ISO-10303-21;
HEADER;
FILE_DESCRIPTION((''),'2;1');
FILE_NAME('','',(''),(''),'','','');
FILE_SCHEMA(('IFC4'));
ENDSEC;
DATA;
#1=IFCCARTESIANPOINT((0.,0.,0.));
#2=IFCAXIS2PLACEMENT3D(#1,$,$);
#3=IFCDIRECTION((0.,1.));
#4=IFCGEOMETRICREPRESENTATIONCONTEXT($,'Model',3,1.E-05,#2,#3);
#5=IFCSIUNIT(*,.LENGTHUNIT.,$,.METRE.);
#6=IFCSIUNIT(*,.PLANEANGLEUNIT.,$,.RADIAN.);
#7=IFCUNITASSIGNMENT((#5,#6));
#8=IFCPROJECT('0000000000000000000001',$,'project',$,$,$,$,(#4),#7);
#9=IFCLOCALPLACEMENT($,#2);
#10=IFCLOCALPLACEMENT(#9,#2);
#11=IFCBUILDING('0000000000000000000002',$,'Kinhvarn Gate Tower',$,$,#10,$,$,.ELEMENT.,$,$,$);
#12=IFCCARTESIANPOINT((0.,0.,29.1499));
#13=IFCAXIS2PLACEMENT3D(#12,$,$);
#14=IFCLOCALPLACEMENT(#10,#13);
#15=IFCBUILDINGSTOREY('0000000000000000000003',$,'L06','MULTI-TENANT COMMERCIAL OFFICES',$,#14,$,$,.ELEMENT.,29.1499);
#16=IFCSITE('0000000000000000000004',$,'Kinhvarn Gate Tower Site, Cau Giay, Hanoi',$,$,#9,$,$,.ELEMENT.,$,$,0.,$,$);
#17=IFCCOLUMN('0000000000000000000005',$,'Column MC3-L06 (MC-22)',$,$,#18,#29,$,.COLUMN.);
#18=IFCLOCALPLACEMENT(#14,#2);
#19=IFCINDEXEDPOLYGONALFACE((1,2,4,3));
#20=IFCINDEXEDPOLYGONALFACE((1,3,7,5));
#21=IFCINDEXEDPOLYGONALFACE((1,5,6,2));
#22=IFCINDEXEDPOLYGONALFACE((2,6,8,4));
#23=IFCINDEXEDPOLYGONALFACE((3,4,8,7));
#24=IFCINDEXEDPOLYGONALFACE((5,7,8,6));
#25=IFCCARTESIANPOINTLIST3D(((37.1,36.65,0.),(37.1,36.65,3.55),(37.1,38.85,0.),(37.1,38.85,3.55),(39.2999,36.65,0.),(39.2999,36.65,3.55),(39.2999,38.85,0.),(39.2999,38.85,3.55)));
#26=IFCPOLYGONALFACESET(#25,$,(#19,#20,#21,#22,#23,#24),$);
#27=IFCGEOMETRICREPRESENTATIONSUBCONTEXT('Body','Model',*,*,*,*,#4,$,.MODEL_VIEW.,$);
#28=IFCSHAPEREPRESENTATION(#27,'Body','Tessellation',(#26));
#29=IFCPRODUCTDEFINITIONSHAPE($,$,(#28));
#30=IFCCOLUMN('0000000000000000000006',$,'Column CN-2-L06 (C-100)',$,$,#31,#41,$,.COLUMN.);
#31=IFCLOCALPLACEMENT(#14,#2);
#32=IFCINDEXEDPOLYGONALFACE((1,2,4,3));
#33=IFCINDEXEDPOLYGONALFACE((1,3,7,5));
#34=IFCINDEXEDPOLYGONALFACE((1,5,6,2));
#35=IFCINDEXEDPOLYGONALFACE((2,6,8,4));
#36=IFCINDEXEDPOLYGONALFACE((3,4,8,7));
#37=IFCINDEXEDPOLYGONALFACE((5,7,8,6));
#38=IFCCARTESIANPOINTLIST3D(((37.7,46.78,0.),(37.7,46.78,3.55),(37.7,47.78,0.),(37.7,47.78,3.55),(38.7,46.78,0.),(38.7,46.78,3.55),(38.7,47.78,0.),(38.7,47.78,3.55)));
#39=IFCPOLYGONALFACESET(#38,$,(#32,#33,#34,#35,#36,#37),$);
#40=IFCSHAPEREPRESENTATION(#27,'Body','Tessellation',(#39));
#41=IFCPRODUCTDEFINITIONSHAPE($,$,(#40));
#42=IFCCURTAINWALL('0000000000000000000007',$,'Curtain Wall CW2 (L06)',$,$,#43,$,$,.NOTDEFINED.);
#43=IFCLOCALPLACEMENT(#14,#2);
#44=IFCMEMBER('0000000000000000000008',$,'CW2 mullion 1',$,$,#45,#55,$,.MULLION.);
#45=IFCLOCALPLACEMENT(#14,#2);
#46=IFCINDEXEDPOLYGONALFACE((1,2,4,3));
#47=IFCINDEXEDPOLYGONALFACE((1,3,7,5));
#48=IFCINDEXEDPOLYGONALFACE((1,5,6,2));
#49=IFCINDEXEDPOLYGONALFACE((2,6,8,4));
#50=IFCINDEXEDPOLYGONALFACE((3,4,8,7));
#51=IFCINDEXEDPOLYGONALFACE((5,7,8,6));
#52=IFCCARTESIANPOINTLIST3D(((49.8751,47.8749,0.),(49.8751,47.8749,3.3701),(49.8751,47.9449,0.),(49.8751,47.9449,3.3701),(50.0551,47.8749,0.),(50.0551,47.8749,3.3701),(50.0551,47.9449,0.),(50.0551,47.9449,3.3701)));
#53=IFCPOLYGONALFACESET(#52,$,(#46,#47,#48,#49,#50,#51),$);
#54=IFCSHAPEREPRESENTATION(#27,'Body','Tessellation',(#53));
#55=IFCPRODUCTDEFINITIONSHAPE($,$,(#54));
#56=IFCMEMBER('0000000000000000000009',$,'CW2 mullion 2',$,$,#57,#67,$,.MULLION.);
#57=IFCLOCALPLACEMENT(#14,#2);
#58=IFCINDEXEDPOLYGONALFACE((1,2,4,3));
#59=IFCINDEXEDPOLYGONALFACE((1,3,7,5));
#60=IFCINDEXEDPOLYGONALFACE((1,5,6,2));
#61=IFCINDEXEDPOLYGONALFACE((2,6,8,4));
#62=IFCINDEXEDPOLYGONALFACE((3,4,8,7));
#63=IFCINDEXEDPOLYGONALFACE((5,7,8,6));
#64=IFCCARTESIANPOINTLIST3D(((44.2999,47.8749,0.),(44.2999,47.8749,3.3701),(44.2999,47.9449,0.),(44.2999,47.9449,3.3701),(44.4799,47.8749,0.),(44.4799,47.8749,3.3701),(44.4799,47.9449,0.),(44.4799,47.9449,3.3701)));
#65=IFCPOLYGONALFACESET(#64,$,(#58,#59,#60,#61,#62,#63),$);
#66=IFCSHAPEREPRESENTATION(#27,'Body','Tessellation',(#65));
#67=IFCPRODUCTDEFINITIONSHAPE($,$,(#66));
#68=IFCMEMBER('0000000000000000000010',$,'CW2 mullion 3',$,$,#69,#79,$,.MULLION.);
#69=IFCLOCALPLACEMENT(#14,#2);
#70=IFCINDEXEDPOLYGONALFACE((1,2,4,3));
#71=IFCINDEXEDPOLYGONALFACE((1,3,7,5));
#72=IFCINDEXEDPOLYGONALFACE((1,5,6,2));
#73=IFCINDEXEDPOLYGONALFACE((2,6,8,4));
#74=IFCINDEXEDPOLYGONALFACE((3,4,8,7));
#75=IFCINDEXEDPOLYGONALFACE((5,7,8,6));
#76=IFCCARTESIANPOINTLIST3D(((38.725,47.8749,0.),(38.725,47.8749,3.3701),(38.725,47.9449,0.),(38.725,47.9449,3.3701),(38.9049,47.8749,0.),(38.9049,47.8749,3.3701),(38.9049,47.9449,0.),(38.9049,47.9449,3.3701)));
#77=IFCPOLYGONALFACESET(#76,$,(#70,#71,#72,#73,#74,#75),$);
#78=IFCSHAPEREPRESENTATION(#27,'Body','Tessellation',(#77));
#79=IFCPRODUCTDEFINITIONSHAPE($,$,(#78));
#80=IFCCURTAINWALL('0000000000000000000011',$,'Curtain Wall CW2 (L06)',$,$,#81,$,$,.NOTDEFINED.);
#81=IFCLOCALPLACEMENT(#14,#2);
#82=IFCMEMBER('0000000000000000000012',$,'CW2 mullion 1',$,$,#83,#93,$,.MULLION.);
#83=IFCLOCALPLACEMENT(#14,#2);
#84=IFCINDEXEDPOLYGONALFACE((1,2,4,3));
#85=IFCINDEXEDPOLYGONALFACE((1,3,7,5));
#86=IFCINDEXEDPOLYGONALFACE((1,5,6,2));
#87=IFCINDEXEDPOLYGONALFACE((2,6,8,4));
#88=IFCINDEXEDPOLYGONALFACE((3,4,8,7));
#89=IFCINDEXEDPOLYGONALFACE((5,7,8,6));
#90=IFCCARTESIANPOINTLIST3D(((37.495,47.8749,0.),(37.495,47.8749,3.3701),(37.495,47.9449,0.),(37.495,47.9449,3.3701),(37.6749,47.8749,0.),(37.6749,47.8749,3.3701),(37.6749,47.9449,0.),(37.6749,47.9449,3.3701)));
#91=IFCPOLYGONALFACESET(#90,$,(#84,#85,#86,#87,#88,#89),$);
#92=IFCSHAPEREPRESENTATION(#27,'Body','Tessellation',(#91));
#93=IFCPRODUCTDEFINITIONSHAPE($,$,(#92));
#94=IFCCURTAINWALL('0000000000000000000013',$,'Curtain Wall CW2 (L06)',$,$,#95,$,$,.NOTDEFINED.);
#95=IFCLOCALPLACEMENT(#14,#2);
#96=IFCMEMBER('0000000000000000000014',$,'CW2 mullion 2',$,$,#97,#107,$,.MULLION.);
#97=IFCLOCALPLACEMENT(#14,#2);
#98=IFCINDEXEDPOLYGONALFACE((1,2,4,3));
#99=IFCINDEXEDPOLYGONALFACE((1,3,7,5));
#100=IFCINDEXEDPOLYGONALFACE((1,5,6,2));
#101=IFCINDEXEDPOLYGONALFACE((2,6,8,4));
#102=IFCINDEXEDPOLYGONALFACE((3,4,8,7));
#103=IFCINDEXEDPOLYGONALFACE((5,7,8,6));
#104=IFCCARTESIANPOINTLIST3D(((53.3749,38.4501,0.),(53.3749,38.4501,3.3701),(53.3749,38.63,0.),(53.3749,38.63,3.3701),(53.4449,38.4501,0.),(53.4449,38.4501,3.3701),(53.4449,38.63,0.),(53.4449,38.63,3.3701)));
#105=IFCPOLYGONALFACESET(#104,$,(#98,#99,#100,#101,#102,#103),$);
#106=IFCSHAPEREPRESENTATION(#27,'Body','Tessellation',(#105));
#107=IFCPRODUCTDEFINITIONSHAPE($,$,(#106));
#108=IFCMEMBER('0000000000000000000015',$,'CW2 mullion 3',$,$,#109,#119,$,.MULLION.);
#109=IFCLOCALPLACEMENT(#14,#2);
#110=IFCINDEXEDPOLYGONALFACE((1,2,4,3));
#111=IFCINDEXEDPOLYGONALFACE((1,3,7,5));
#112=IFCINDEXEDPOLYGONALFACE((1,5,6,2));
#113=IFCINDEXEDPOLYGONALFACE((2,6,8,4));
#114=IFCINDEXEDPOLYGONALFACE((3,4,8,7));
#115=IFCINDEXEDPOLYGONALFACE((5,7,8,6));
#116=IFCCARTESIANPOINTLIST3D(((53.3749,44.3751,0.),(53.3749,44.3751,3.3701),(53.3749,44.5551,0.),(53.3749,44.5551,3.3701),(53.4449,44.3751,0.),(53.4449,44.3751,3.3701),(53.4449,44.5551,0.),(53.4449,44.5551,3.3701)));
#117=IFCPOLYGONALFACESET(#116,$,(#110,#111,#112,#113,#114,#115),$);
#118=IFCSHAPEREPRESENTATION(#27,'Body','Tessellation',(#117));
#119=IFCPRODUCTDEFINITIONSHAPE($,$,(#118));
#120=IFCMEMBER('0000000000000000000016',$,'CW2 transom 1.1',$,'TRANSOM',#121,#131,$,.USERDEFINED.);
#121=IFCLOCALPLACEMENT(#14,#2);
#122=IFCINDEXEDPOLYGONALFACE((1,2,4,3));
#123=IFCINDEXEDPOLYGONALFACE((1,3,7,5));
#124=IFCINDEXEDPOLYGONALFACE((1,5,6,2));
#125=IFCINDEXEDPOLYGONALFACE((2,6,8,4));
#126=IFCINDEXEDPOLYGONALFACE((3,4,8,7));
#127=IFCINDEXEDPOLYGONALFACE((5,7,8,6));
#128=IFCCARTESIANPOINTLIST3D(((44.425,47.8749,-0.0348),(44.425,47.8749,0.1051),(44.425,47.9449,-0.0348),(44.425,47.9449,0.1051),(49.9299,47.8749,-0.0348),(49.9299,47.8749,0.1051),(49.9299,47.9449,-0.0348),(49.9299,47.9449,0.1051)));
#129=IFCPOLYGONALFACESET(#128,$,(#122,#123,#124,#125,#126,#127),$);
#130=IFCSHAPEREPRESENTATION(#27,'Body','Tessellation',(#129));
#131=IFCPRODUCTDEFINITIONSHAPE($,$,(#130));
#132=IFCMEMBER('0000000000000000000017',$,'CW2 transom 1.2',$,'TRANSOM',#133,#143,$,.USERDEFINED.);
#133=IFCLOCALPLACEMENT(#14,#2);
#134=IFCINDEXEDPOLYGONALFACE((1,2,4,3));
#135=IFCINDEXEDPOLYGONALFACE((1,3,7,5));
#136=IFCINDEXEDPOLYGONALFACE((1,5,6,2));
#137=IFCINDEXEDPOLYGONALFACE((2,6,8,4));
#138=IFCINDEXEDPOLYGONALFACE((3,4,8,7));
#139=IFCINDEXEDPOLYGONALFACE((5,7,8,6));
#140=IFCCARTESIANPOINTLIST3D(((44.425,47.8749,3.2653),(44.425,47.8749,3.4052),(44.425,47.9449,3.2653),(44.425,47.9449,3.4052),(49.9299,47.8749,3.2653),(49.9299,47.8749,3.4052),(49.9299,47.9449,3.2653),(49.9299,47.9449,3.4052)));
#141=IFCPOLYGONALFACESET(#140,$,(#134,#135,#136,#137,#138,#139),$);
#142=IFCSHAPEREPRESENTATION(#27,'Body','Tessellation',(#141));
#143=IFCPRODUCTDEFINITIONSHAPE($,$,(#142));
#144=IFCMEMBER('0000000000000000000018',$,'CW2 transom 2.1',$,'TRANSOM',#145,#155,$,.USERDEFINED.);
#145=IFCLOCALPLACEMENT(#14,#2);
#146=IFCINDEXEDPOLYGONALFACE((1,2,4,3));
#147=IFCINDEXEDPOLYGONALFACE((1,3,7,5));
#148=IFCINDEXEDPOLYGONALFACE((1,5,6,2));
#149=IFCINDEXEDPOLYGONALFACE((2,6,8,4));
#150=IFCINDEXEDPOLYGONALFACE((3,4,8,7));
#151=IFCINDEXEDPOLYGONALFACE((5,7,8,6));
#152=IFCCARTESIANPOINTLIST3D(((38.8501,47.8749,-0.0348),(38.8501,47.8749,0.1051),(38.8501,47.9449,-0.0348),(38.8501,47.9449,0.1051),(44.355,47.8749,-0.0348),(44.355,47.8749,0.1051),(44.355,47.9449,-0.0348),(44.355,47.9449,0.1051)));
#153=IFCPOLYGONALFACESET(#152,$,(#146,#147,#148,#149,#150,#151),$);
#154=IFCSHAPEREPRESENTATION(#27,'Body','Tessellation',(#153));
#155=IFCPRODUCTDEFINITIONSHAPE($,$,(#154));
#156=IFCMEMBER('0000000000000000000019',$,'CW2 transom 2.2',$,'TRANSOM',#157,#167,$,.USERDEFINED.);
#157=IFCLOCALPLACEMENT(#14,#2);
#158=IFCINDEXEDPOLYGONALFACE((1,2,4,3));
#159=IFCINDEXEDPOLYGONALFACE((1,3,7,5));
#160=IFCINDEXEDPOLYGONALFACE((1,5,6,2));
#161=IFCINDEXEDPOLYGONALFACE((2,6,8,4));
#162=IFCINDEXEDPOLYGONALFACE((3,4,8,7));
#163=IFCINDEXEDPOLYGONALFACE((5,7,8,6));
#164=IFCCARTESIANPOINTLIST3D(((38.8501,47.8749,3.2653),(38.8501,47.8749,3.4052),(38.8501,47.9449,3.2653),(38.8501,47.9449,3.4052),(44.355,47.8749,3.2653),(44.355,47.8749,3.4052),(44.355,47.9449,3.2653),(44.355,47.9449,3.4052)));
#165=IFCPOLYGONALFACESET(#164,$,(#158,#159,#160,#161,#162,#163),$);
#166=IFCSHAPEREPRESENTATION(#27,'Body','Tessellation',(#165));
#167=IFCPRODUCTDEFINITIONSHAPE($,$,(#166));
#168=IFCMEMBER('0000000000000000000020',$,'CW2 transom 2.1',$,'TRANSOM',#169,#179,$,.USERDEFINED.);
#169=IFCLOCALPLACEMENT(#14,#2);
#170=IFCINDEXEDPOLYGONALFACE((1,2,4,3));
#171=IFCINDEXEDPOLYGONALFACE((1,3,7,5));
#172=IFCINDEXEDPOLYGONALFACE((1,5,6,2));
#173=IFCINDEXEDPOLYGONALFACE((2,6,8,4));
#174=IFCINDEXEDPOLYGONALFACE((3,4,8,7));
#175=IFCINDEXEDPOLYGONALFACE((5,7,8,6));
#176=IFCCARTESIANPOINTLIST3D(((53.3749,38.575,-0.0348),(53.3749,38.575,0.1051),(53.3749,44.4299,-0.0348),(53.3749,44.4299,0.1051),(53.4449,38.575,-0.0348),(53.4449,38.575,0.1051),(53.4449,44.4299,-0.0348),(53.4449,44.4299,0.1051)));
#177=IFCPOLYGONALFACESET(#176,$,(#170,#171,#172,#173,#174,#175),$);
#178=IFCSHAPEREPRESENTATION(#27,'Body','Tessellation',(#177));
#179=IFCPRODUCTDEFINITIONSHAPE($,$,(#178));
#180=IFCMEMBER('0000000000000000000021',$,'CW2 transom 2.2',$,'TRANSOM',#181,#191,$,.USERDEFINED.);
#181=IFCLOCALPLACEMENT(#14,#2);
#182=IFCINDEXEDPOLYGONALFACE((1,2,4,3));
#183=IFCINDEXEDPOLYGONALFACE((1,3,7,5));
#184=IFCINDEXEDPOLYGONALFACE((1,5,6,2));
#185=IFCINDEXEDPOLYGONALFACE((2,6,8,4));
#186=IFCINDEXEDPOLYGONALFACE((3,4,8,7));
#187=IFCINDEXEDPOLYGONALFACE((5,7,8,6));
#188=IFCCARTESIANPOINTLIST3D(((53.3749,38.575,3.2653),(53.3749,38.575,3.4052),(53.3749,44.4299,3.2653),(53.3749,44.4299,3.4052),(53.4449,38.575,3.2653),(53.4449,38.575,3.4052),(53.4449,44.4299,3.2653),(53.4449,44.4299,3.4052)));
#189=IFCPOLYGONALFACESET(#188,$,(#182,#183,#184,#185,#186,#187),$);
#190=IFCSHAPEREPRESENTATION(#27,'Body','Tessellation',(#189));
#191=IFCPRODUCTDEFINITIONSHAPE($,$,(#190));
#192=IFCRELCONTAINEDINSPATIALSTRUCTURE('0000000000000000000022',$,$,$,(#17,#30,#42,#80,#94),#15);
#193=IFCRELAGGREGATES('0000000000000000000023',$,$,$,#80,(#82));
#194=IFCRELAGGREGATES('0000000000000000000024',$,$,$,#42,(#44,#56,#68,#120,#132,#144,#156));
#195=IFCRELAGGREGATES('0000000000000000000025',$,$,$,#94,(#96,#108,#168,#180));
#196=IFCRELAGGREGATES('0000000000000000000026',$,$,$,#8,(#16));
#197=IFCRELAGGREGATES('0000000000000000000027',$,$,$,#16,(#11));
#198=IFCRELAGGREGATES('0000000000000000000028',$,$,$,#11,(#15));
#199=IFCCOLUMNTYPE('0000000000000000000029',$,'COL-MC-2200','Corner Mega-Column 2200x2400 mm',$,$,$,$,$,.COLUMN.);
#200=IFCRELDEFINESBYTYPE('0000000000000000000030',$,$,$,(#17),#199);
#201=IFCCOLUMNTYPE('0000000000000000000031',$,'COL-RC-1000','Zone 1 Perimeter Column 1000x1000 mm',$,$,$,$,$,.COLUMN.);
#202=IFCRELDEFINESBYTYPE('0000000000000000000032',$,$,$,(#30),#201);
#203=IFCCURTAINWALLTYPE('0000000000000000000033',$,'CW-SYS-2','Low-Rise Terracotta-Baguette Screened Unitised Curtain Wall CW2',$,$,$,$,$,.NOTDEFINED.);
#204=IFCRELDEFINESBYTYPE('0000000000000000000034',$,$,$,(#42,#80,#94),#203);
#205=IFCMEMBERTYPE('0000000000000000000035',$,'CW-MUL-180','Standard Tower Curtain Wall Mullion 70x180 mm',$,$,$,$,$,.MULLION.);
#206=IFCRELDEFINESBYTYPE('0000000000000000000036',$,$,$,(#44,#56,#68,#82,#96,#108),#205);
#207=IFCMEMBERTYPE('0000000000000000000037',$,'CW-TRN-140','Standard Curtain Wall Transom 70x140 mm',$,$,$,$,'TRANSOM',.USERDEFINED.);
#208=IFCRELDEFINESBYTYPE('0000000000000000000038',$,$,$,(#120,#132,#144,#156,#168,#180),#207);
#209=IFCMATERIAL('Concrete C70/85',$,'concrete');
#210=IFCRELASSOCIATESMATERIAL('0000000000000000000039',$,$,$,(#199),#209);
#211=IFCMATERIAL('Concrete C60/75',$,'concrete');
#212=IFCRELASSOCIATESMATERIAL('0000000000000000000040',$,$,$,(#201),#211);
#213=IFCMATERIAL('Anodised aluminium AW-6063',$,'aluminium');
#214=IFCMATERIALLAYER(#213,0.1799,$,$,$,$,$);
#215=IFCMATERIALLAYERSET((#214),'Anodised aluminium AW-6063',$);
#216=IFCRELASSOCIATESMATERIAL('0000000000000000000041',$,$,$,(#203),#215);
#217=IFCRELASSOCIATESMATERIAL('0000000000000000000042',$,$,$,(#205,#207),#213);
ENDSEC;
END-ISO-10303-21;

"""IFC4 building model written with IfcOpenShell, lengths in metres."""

from ifc_helpers import new_model, si_unit, direction, frame, origin, origin_2d, place, context, subcontext, project, spatial, rectangle, extrude, material, layer, layer_set, material_profile, profile_set, type_object, element, aggregate, save


model = new_model("IFC4")

# Units and contexts
model_context = context("Model", 3, precision=1e-05, world=origin(), true_north=direction((0.0, 1.0)))
body_context = subcontext(model_context, "Body", "Model", "MODEL_VIEW")
ifc_project = project(units=[si_unit("LENGTHUNIT", "METRE"), si_unit("PLANEANGLEUNIT", "RADIAN")], contexts=[model_context])

# Site, building, storey
site_placement = place(None, origin())
site = spatial("IfcSite", under=ifc_project, at=site_placement, Name="Kinhvarn Gate Tower Site, Cau Giay, Hanoi", CompositionType="ELEMENT", RefElevation=0.0)
building_placement = place(site_placement, origin())
building = spatial("IfcBuilding", under=site, at=building_placement, Name="Kinhvarn Gate Tower", CompositionType="ELEMENT")
storey_placement = place(building_placement, frame((0.0, 0.0, 29.1499)))
storey = spatial("IfcBuildingStorey", under=building, at=storey_placement, Name="L06", Description="MULTI-TENANT COMMERCIAL OFFICES", CompositionType="ELEMENT", Elevation=29.1499)

# Columns
ifc_material_1 = material(Name="Concrete C70/85", Category="concrete")
ifc_material_profile_1 = material_profile(ifc_material_1, rectangle(XDim=2.2, YDim=2.2, at=origin_2d()), Name="RC 2200x2200")
ifc_profile_set_1 = profile_set([ifc_material_profile_1], Name="Concrete C70/85")
column_type_1 = type_object("IfcColumnType", Name="COL-MC-2200", Description="Corner Mega-Column 2200x2400 mm", PredefinedType="COLUMN", material=ifc_profile_set_1)
column_1_placement = place(storey_placement, frame((38.2, 37.75, 0.0), z_axis=(0.0, 0.0, 1.0), x_axis=(1.0, 0.0, 0.0)))
element("IfcColumn", 1, at=column_1_placement, inside=storey, type_object=column_type_1, Name="Column MC3-L06 (MC-22)", PredefinedType="COLUMN", context=body_context, shape_type="SweptSolid", body=[
    extrude(rectangle(XDim=2.2, YDim=2.2, at=origin_2d()), origin(), (0.0, 0.0, 1.0), 3.55),
])
ifc_material_2 = material(Name="Concrete C60/75", Category="concrete")
ifc_material_profile_2 = material_profile(ifc_material_2, rectangle(XDim=1.0, YDim=1.0, at=origin_2d()), Name="RC 1000x1000")
ifc_profile_set_2 = profile_set([ifc_material_profile_2], Name="Concrete C60/75")
column_type_2 = type_object("IfcColumnType", Name="COL-RC-1000", Description="Zone 1 Perimeter Column 1000x1000 mm", PredefinedType="COLUMN", material=ifc_profile_set_2)
column_2_placement = place(storey_placement, frame((38.2, 47.28, 0.0), z_axis=(0.0, 0.0, 1.0), x_axis=(1.0, 0.0, 0.0)))
element("IfcColumn", 2, at=column_2_placement, inside=storey, type_object=column_type_2, Name="Column CN-2-L06 (C-100)", PredefinedType="COLUMN", context=body_context, shape_type="SweptSolid", body=[
    extrude(rectangle(XDim=1.0, YDim=1.0, at=origin_2d()), origin(), (0.0, 0.0, 1.0), 3.55),
])

# Curtain wall, members
ifc_material_3 = material(Name="Anodised aluminium AW-6063", Category="aluminium")
ifc_layer_1 = layer(ifc_material_3, 0.1799)
ifc_layer_set_1 = layer_set([ifc_layer_1], Name="Anodised aluminium AW-6063")
curtain_wall_type = type_object("IfcCurtainWallType", Name="CW-SYS-2", Description="Low-Rise Terracotta-Baguette Screened Unitised Curtain Wall CW2", PredefinedType="NOTDEFINED", material=ifc_layer_set_1)
curtain_wall_1_placement = place(storey_placement, origin())
curtain_wall_1 = element("IfcCurtainWall", 3, at=curtain_wall_1_placement, inside=storey, type_object=curtain_wall_type, Name="Curtain Wall CW2 (L06)", PredefinedType="NOTDEFINED")
ifc_material_profile_3 = material_profile(ifc_material_3, rectangle(XDim=0.0701, YDim=0.1799, at=origin_2d()), Name="ALU 70x180")
ifc_profile_set_3 = profile_set([ifc_material_profile_3], Name="Anodised aluminium AW-6063")
member_type_1 = type_object("IfcMemberType", Name="CW-MUL-180", Description="Standard Tower Curtain Wall Mullion 70x180 mm", PredefinedType="MULLION", material=ifc_profile_set_3)
member_1_placement = place(storey_placement, frame((49.9651, 47.9099, 0.0), z_axis=(0.0, 0.0, 1.0), x_axis=(0.0, -1.0, 0.0)))
member_1 = element("IfcMember", 4, at=member_1_placement, type_object=member_type_1, Name="CW2 mullion 1", PredefinedType="MULLION", context=body_context, shape_type="SweptSolid", body=[
    extrude(rectangle(XDim=0.0701, YDim=0.1799, at=origin_2d()), origin(), (0.0, 0.0, 1.0), 3.3701),
])
member_2_placement = place(storey_placement, frame((44.3899, 47.9099, 0.0), z_axis=(0.0, 0.0, 1.0), x_axis=(0.0, -1.0, 0.0)))
member_2 = element("IfcMember", 5, at=member_2_placement, type_object=member_type_1, Name="CW2 mullion 2", PredefinedType="MULLION", context=body_context, shape_type="SweptSolid", body=[
    extrude(rectangle(XDim=0.0701, YDim=0.1799, at=origin_2d()), origin(), (0.0, 0.0, 1.0), 3.3701),
])
member_3_placement = place(storey_placement, frame((38.8149, 47.9099, 0.0), z_axis=(0.0, 0.0, 1.0), x_axis=(0.0, -1.0, 0.0)))
member_3 = element("IfcMember", 6, at=member_3_placement, type_object=member_type_1, Name="CW2 mullion 3", PredefinedType="MULLION", context=body_context, shape_type="SweptSolid", body=[
    extrude(rectangle(XDim=0.0701, YDim=0.1799, at=origin_2d()), origin(), (0.0, 0.0, 1.0), 3.3701),
])

# Curtain wall, member
curtain_wall_2_placement = place(storey_placement, origin())
curtain_wall_2 = element("IfcCurtainWall", 7, at=curtain_wall_2_placement, inside=storey, type_object=curtain_wall_type, Name="Curtain Wall CW2 (L06)", PredefinedType="NOTDEFINED")
member_4_placement = place(storey_placement, frame((37.585, 47.9099, 0.0), z_axis=(0.0, 0.0, 1.0), x_axis=(0.0, -1.0, 0.0)))
member_4 = element("IfcMember", 8, at=member_4_placement, type_object=member_type_1, Name="CW2 mullion 1", PredefinedType="MULLION", context=body_context, shape_type="SweptSolid", body=[
    extrude(rectangle(XDim=0.0701, YDim=0.1799, at=origin_2d()), origin(), (0.0, 0.0, 1.0), 3.3701),
])
aggregate(curtain_wall_2, [member_4])

# Curtain wall, members
curtain_wall_3_placement = place(storey_placement, origin())
curtain_wall_3 = element("IfcCurtainWall", 9, at=curtain_wall_3_placement, inside=storey, type_object=curtain_wall_type, Name="Curtain Wall CW2 (L06)", PredefinedType="NOTDEFINED")
member_5_placement = place(storey_placement, frame((53.4099, 38.54, 0.0), z_axis=(0.0, 0.0, 1.0), x_axis=(-1.0, 0.0, 0.0)))
member_5 = element("IfcMember", 10, at=member_5_placement, type_object=member_type_1, Name="CW2 mullion 2", PredefinedType="MULLION", context=body_context, shape_type="SweptSolid", body=[
    extrude(rectangle(XDim=0.0701, YDim=0.1799, at=origin_2d()), origin(), (0.0, 0.0, 1.0), 3.3701),
])
member_6_placement = place(storey_placement, frame((53.4099, 44.4651, 0.0), z_axis=(0.0, 0.0, 1.0), x_axis=(-1.0, 0.0, 0.0)))
member_6 = element("IfcMember", 11, at=member_6_placement, type_object=member_type_1, Name="CW2 mullion 3", PredefinedType="MULLION", context=body_context, shape_type="SweptSolid", body=[
    extrude(rectangle(XDim=0.0701, YDim=0.1799, at=origin_2d()), origin(), (0.0, 0.0, 1.0), 3.3701),
])

# Members
ifc_material_profile_4 = material_profile(ifc_material_3, rectangle(XDim=0.0701, YDim=0.1399, at=origin_2d()), Name="ALU 70x140")
ifc_profile_set_4 = profile_set([ifc_material_profile_4], Name="Anodised aluminium AW-6063")
member_type_2 = type_object("IfcMemberType", Name="CW-TRN-140", Description="Standard Curtain Wall Transom 70x140 mm", ElementType="TRANSOM", PredefinedType="USERDEFINED", material=ifc_profile_set_4)
member_7_placement = place(storey_placement, frame((49.9299, 47.9099, 0.0352), z_axis=(-1.0, 0.0, 0.0), x_axis=(0.0, -1.0, 0.0)))
member_7 = element("IfcMember", 12, at=member_7_placement, type_object=member_type_2, Name="CW2 transom 1.1", ObjectType="TRANSOM", PredefinedType="USERDEFINED", context=body_context, shape_type="SweptSolid", body=[
    extrude(rectangle(XDim=0.0701, YDim=0.1399, at=origin_2d()), origin(), (0.0, 0.0, 1.0), 5.5049),
])
member_8_placement = place(storey_placement, frame((49.9299, 47.9099, 3.3352), z_axis=(-1.0, 0.0, 0.0), x_axis=(0.0, -1.0, 0.0)))
member_8 = element("IfcMember", 13, at=member_8_placement, type_object=member_type_2, Name="CW2 transom 1.2", ObjectType="TRANSOM", PredefinedType="USERDEFINED", context=body_context, shape_type="SweptSolid", body=[
    extrude(rectangle(XDim=0.0701, YDim=0.1399, at=origin_2d()), origin(), (0.0, 0.0, 1.0), 5.5049),
])
member_9_placement = place(storey_placement, frame((44.355, 47.9099, 0.0352), z_axis=(-1.0, 0.0, 0.0), x_axis=(0.0, -1.0, 0.0)))
member_9 = element("IfcMember", 14, at=member_9_placement, type_object=member_type_2, Name="CW2 transom 2.1", ObjectType="TRANSOM", PredefinedType="USERDEFINED", context=body_context, shape_type="SweptSolid", body=[
    extrude(rectangle(XDim=0.0701, YDim=0.1399, at=origin_2d()), origin(), (0.0, 0.0, 1.0), 5.5049),
])
member_10_placement = place(storey_placement, frame((44.355, 47.9099, 3.3352), z_axis=(-1.0, 0.0, 0.0), x_axis=(0.0, -1.0, 0.0)))
member_10 = element("IfcMember", 15, at=member_10_placement, type_object=member_type_2, Name="CW2 transom 2.2", ObjectType="TRANSOM", PredefinedType="USERDEFINED", context=body_context, shape_type="SweptSolid", body=[
    extrude(rectangle(XDim=0.0701, YDim=0.1399, at=origin_2d()), origin(), (0.0, 0.0, 1.0), 5.5049),
])
member_11_placement = place(storey_placement, frame((53.4099, 38.575, 0.0352), z_axis=(0.0, 1.0, 0.0), x_axis=(-1.0, 0.0, 0.0)))
member_11 = element("IfcMember", 16, at=member_11_placement, type_object=member_type_2, Name="CW2 transom 2.1", ObjectType="TRANSOM", PredefinedType="USERDEFINED", context=body_context, shape_type="SweptSolid", body=[
    extrude(rectangle(XDim=0.0701, YDim=0.1399, at=origin_2d()), origin(), (0.0, 0.0, 1.0), 5.855),
])
member_12_placement = place(storey_placement, frame((53.4099, 38.575, 3.3352), z_axis=(0.0, 1.0, 0.0), x_axis=(-1.0, 0.0, 0.0)))
member_12 = element("IfcMember", 17, at=member_12_placement, type_object=member_type_2, Name="CW2 transom 2.2", ObjectType="TRANSOM", PredefinedType="USERDEFINED", context=body_context, shape_type="SweptSolid", body=[
    extrude(rectangle(XDim=0.0701, YDim=0.1399, at=origin_2d()), origin(), (0.0, 0.0, 1.0), 5.855),
])

aggregate(curtain_wall_1, [member_1, member_2, member_3, member_7, member_8, member_9, member_10])
aggregate(curtain_wall_3, [member_5, member_6, member_11, member_12])

save(model, "model.ifc")
